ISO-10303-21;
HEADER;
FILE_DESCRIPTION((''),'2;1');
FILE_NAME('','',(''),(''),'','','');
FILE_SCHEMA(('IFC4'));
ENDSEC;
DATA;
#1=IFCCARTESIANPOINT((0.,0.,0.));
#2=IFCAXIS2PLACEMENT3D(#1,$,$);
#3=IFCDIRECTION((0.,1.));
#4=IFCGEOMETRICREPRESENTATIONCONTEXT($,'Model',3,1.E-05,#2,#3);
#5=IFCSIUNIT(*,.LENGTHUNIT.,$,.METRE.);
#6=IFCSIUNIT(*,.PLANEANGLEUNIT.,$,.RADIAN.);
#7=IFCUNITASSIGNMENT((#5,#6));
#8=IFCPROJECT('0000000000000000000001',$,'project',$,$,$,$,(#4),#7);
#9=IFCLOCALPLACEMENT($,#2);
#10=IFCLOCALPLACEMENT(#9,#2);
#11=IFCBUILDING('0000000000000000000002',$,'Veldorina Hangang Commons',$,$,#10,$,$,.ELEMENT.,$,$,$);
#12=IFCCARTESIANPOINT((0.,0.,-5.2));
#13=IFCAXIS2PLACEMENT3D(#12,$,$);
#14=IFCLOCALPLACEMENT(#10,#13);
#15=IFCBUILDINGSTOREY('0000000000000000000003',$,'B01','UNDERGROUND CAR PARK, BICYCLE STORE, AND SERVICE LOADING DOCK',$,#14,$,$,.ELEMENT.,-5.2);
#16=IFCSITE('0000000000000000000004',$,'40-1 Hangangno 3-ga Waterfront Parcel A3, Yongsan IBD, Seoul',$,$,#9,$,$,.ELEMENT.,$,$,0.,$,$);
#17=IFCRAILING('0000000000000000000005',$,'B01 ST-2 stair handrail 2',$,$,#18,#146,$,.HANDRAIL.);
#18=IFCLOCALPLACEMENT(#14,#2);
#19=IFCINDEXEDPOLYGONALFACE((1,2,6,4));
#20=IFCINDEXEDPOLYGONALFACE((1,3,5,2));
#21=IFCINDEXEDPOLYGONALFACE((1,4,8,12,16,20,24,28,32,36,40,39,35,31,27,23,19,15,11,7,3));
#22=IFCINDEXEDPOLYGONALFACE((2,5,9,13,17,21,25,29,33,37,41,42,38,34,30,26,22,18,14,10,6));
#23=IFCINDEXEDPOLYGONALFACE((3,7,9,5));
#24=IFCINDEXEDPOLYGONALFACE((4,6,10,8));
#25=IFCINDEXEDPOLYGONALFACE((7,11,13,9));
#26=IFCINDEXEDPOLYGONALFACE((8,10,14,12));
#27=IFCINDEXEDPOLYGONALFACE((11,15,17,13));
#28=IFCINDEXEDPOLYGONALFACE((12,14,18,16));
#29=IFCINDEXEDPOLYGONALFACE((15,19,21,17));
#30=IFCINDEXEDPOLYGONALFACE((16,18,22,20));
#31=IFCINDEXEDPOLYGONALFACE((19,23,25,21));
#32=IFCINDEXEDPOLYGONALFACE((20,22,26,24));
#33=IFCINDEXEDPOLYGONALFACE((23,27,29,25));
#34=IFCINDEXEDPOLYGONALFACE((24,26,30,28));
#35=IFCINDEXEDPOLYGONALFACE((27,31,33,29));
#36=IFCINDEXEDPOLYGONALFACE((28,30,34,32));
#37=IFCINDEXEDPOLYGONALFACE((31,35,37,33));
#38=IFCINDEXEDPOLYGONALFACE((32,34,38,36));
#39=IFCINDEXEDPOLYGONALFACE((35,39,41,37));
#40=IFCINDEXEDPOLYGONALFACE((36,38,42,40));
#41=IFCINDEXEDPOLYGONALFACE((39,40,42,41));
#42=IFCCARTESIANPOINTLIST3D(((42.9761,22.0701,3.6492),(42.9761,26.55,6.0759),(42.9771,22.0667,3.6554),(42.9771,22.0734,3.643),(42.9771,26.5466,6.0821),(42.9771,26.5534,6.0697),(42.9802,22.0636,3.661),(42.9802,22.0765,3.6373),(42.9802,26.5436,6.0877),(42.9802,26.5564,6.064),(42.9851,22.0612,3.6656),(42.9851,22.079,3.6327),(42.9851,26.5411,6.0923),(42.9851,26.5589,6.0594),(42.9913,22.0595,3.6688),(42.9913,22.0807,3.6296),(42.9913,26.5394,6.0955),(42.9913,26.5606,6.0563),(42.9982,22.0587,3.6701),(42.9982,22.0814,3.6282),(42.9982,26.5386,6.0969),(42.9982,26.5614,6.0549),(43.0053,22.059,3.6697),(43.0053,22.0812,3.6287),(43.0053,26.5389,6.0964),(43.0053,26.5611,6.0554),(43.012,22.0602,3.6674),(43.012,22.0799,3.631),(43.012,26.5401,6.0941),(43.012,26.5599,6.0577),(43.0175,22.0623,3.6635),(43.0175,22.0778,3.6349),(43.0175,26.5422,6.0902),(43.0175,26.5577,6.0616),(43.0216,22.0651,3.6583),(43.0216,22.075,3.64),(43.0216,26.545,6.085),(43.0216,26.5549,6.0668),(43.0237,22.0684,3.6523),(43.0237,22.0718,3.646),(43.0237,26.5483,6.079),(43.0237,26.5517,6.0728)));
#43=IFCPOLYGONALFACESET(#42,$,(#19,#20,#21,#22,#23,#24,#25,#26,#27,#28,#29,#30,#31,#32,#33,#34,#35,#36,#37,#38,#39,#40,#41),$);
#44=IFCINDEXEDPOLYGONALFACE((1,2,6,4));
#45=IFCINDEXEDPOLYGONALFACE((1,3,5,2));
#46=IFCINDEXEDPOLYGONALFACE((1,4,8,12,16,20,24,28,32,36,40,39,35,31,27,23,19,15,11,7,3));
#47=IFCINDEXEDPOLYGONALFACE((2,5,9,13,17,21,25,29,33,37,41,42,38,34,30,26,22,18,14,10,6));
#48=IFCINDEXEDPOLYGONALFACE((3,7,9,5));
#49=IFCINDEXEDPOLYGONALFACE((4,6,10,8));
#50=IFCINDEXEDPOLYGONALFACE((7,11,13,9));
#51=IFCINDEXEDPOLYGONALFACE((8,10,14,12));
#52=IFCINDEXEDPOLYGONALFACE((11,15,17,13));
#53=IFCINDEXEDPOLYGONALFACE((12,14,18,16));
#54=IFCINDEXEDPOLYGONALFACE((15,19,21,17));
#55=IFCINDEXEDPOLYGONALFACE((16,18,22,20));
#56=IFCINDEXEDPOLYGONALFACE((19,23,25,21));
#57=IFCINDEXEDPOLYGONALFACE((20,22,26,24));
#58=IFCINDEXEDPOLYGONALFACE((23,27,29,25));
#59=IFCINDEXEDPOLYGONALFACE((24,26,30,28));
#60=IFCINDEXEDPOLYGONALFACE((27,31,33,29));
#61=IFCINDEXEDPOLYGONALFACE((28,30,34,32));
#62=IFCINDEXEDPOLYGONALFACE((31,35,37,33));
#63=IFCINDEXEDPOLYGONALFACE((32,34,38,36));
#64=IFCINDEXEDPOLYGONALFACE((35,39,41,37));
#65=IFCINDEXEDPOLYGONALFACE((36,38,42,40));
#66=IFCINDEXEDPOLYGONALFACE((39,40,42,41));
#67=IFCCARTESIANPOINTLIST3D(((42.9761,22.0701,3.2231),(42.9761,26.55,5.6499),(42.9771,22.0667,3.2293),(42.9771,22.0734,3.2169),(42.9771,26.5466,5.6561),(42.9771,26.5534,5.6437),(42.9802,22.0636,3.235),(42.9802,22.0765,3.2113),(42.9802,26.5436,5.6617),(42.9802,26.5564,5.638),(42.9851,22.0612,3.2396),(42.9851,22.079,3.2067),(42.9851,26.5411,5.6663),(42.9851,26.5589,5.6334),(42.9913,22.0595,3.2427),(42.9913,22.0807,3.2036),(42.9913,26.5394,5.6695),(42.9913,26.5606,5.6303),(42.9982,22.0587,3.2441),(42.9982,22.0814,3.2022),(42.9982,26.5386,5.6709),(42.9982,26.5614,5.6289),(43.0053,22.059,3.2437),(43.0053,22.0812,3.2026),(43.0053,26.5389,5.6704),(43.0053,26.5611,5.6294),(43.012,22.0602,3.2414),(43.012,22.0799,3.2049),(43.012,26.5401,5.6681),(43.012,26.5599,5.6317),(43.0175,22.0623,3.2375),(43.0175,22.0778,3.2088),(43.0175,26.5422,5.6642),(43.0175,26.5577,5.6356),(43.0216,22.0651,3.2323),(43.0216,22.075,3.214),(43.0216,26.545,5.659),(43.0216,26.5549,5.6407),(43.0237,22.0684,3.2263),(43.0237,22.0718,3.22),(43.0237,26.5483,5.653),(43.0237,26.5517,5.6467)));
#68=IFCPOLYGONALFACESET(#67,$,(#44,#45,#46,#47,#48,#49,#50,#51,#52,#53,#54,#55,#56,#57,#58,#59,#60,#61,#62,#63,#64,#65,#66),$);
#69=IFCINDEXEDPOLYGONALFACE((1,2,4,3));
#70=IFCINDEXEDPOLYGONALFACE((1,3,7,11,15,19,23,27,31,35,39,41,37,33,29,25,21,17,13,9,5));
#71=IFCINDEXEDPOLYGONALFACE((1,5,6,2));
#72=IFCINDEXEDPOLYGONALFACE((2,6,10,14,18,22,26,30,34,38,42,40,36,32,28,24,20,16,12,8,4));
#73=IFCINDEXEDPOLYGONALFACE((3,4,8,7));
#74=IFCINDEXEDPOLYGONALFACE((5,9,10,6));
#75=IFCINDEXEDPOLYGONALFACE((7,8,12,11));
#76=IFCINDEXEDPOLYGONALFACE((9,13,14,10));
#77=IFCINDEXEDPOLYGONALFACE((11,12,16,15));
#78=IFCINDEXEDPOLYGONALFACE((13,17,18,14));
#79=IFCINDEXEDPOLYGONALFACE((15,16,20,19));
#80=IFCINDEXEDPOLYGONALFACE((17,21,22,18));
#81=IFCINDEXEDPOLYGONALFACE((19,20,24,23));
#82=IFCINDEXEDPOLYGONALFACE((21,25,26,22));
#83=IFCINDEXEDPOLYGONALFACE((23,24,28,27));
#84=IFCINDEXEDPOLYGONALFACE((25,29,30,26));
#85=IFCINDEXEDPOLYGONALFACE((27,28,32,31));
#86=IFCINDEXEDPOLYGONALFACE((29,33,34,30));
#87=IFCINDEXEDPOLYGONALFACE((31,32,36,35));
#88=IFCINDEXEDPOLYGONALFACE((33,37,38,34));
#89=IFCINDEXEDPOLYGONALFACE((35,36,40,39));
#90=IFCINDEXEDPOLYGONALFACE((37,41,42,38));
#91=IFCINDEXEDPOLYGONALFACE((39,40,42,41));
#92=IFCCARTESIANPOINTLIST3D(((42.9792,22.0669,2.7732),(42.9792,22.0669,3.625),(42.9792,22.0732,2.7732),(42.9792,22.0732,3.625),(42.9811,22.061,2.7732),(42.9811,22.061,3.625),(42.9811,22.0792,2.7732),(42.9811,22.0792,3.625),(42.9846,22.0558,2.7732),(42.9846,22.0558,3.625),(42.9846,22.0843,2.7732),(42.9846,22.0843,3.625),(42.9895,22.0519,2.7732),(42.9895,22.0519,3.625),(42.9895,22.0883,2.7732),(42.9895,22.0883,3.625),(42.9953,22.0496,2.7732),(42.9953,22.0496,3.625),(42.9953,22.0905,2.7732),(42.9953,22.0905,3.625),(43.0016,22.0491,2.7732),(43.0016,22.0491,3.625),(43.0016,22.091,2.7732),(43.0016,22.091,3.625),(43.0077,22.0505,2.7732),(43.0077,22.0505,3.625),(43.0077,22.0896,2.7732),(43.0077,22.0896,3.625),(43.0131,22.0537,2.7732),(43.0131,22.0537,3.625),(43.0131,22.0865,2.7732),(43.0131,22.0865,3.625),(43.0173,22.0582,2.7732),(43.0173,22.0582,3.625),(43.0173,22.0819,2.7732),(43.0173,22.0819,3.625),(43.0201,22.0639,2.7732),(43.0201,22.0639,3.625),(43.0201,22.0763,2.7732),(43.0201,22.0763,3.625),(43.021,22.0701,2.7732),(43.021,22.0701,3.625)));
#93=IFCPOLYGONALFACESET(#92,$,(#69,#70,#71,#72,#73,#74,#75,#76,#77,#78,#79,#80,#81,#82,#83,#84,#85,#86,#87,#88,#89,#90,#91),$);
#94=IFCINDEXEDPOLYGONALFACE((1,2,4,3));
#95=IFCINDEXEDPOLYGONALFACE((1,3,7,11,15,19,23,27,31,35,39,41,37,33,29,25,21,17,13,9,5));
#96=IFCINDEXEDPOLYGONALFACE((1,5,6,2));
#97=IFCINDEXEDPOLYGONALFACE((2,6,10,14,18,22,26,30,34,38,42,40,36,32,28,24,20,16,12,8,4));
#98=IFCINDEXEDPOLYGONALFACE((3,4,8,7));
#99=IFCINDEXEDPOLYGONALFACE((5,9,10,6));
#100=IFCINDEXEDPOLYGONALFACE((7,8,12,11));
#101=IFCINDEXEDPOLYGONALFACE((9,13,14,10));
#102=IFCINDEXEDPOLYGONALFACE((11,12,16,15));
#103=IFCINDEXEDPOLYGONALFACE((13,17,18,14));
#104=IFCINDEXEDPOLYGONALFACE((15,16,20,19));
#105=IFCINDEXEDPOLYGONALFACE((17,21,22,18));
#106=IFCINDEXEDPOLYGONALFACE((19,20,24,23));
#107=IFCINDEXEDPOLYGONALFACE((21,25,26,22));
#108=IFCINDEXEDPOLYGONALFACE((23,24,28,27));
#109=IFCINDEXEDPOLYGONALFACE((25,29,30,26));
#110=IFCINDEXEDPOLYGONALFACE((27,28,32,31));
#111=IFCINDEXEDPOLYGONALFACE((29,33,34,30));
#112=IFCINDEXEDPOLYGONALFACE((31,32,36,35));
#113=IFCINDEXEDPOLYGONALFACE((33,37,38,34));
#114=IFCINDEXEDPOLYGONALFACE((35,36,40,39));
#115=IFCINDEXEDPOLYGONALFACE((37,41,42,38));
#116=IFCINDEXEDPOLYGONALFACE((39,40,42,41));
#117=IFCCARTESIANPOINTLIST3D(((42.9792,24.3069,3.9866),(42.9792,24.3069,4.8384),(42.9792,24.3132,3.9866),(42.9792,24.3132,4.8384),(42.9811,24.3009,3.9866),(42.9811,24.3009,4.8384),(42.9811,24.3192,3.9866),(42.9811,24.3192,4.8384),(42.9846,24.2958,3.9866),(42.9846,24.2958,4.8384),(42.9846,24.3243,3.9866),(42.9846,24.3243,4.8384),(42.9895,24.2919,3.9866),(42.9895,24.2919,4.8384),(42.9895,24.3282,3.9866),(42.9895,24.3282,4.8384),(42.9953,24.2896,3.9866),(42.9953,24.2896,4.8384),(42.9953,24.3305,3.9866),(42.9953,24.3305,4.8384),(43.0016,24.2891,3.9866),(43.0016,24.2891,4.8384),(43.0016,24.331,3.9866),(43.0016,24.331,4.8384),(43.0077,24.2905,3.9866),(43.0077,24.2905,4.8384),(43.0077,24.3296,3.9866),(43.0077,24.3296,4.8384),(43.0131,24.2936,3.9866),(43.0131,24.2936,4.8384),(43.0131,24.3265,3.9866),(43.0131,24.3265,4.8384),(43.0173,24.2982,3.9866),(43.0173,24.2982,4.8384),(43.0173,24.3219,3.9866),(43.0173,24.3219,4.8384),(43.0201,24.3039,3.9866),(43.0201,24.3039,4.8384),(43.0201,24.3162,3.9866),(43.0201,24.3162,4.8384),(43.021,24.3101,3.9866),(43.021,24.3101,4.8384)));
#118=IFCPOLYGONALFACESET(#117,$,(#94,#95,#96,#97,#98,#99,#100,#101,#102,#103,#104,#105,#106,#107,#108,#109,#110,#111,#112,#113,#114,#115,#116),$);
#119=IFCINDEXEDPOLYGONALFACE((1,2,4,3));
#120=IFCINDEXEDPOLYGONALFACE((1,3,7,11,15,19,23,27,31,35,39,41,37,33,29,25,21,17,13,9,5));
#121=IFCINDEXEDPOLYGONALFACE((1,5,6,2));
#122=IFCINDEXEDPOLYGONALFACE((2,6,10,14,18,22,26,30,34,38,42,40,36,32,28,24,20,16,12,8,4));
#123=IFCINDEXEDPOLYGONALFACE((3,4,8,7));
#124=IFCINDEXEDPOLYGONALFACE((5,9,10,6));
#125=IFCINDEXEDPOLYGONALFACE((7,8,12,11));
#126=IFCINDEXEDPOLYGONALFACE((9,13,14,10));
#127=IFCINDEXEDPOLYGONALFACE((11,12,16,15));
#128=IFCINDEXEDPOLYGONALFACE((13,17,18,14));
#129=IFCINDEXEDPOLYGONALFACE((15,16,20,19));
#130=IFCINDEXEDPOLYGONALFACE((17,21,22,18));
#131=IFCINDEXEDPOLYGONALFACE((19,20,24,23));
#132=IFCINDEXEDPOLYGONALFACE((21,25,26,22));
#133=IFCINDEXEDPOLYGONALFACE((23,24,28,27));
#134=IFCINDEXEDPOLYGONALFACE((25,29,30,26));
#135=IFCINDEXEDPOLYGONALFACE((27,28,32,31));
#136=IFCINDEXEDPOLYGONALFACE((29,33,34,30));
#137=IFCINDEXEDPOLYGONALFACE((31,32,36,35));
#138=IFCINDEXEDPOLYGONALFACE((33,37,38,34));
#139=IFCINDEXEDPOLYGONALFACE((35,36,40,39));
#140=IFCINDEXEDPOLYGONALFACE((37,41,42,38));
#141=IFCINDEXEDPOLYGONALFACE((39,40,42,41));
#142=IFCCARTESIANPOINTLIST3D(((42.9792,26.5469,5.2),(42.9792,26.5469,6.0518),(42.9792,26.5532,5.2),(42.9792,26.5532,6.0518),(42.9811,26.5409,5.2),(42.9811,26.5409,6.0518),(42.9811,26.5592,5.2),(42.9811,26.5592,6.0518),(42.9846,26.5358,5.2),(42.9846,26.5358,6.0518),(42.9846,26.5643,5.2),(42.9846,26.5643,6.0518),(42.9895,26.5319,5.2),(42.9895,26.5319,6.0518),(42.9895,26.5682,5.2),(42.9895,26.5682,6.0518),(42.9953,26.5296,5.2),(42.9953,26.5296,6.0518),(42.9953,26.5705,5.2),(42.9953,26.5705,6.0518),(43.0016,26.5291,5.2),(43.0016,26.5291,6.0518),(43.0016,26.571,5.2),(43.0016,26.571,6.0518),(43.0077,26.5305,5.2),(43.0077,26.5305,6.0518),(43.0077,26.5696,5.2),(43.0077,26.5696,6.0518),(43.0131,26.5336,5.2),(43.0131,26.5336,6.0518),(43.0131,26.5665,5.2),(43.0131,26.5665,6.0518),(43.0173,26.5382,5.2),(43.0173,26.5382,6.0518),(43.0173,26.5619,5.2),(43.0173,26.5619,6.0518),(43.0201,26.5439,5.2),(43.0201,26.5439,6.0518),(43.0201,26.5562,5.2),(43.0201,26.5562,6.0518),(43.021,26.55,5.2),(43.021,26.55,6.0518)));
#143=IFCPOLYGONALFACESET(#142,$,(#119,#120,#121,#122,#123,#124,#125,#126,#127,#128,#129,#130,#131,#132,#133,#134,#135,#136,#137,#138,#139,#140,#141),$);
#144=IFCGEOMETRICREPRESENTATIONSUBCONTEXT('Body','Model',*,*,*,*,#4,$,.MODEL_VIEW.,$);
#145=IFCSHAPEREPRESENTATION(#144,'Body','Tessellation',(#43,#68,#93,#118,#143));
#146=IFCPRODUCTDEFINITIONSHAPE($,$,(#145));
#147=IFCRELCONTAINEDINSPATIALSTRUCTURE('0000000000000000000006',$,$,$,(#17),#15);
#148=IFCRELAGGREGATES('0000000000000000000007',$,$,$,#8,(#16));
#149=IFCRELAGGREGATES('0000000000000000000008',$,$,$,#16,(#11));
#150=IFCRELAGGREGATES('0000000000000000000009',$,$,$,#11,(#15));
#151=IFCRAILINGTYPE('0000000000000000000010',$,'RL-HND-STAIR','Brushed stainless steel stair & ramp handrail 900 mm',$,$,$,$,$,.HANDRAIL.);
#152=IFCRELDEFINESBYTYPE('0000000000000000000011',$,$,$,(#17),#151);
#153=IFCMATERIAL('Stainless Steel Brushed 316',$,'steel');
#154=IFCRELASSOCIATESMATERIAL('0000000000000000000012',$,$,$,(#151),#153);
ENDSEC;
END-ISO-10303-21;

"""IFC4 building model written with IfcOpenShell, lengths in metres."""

from ifc_helpers import new_model, si_unit, direction, frame, origin, origin_2d, place, context, subcontext, project, spatial, circle, extrude, material, type_object, element, save


model = new_model("IFC4")

# Units and contexts
model_context = context("Model", 3, precision=1e-05, world=origin(), true_north=direction((0.0, 1.0)))
body_context = subcontext(model_context, "Body", "Model", "MODEL_VIEW")
ifc_project = project(units=[si_unit("LENGTHUNIT", "METRE"), si_unit("PLANEANGLEUNIT", "RADIAN")], contexts=[model_context])

# Site, building, storey
site_placement = place(None, origin())
site = spatial("IfcSite", under=ifc_project, at=site_placement, Name="40-1 Hangangno 3-ga Waterfront Parcel A3, Yongsan IBD, Seoul", CompositionType="ELEMENT", RefElevation=0.0)
building_placement = place(site_placement, origin())
building = spatial("IfcBuilding", under=site, at=building_placement, Name="Veldorina Hangang Commons", CompositionType="ELEMENT")
storey_placement = place(building_placement, frame((0.0, 0.0, -5.2)))
storey = spatial("IfcBuildingStorey", under=building, at=storey_placement, Name="B01", Description="UNDERGROUND CAR PARK, BICYCLE STORE, AND SERVICE LOADING DOCK", CompositionType="ELEMENT", Elevation=-5.2)

# Railing
ifc_material_1 = material(Name="Stainless Steel Brushed 316", Category="steel")
railing_type = type_object("IfcRailingType", Name="RL-HND-STAIR", Description="Brushed stainless steel stair & ramp handrail 900 mm", PredefinedType="HANDRAIL", material=ifc_material_1)
railing_placement = place(storey_placement, frame((43.0, 22.0701, 2.7732)))
element("IfcRailing", 1, at=railing_placement, inside=storey, type_object=railing_type, Name="B01 ST-2 stair handrail 2", PredefinedType="HANDRAIL", context=body_context, shape_type="SweptSolid", body=[
    extrude(circle(Radius=0.0239, at=origin_2d()), frame((0.0, 0.0, 0.876), z_axis=(0.0, 0.879284, 0.476299), x_axis=(-1.0, 0.0, 0.0)), (0.0, 0.0, 1.0), 5.095),
    extrude(circle(Radius=0.0239, at=origin_2d()), frame((0.0, 0.0, 0.45), z_axis=(0.0, 0.879284, 0.476299), x_axis=(-1.0, 0.0, 0.0)), (0.0, 0.0, 1.0), 5.095),
    extrude(circle(Radius=0.021, at=origin_2d()), origin(), (0.0, 0.0, 1.0), 0.8518),
    extrude(circle(Radius=0.021, at=origin_2d()), frame((0.0, 2.24, 1.2134)), (0.0, 0.0, 1.0), 0.8518),
    extrude(circle(Radius=0.021, at=origin_2d()), frame((0.0, 4.48, 2.4268)), (0.0, 0.0, 1.0), 0.8518),
])

save(model, "model.ifc")
